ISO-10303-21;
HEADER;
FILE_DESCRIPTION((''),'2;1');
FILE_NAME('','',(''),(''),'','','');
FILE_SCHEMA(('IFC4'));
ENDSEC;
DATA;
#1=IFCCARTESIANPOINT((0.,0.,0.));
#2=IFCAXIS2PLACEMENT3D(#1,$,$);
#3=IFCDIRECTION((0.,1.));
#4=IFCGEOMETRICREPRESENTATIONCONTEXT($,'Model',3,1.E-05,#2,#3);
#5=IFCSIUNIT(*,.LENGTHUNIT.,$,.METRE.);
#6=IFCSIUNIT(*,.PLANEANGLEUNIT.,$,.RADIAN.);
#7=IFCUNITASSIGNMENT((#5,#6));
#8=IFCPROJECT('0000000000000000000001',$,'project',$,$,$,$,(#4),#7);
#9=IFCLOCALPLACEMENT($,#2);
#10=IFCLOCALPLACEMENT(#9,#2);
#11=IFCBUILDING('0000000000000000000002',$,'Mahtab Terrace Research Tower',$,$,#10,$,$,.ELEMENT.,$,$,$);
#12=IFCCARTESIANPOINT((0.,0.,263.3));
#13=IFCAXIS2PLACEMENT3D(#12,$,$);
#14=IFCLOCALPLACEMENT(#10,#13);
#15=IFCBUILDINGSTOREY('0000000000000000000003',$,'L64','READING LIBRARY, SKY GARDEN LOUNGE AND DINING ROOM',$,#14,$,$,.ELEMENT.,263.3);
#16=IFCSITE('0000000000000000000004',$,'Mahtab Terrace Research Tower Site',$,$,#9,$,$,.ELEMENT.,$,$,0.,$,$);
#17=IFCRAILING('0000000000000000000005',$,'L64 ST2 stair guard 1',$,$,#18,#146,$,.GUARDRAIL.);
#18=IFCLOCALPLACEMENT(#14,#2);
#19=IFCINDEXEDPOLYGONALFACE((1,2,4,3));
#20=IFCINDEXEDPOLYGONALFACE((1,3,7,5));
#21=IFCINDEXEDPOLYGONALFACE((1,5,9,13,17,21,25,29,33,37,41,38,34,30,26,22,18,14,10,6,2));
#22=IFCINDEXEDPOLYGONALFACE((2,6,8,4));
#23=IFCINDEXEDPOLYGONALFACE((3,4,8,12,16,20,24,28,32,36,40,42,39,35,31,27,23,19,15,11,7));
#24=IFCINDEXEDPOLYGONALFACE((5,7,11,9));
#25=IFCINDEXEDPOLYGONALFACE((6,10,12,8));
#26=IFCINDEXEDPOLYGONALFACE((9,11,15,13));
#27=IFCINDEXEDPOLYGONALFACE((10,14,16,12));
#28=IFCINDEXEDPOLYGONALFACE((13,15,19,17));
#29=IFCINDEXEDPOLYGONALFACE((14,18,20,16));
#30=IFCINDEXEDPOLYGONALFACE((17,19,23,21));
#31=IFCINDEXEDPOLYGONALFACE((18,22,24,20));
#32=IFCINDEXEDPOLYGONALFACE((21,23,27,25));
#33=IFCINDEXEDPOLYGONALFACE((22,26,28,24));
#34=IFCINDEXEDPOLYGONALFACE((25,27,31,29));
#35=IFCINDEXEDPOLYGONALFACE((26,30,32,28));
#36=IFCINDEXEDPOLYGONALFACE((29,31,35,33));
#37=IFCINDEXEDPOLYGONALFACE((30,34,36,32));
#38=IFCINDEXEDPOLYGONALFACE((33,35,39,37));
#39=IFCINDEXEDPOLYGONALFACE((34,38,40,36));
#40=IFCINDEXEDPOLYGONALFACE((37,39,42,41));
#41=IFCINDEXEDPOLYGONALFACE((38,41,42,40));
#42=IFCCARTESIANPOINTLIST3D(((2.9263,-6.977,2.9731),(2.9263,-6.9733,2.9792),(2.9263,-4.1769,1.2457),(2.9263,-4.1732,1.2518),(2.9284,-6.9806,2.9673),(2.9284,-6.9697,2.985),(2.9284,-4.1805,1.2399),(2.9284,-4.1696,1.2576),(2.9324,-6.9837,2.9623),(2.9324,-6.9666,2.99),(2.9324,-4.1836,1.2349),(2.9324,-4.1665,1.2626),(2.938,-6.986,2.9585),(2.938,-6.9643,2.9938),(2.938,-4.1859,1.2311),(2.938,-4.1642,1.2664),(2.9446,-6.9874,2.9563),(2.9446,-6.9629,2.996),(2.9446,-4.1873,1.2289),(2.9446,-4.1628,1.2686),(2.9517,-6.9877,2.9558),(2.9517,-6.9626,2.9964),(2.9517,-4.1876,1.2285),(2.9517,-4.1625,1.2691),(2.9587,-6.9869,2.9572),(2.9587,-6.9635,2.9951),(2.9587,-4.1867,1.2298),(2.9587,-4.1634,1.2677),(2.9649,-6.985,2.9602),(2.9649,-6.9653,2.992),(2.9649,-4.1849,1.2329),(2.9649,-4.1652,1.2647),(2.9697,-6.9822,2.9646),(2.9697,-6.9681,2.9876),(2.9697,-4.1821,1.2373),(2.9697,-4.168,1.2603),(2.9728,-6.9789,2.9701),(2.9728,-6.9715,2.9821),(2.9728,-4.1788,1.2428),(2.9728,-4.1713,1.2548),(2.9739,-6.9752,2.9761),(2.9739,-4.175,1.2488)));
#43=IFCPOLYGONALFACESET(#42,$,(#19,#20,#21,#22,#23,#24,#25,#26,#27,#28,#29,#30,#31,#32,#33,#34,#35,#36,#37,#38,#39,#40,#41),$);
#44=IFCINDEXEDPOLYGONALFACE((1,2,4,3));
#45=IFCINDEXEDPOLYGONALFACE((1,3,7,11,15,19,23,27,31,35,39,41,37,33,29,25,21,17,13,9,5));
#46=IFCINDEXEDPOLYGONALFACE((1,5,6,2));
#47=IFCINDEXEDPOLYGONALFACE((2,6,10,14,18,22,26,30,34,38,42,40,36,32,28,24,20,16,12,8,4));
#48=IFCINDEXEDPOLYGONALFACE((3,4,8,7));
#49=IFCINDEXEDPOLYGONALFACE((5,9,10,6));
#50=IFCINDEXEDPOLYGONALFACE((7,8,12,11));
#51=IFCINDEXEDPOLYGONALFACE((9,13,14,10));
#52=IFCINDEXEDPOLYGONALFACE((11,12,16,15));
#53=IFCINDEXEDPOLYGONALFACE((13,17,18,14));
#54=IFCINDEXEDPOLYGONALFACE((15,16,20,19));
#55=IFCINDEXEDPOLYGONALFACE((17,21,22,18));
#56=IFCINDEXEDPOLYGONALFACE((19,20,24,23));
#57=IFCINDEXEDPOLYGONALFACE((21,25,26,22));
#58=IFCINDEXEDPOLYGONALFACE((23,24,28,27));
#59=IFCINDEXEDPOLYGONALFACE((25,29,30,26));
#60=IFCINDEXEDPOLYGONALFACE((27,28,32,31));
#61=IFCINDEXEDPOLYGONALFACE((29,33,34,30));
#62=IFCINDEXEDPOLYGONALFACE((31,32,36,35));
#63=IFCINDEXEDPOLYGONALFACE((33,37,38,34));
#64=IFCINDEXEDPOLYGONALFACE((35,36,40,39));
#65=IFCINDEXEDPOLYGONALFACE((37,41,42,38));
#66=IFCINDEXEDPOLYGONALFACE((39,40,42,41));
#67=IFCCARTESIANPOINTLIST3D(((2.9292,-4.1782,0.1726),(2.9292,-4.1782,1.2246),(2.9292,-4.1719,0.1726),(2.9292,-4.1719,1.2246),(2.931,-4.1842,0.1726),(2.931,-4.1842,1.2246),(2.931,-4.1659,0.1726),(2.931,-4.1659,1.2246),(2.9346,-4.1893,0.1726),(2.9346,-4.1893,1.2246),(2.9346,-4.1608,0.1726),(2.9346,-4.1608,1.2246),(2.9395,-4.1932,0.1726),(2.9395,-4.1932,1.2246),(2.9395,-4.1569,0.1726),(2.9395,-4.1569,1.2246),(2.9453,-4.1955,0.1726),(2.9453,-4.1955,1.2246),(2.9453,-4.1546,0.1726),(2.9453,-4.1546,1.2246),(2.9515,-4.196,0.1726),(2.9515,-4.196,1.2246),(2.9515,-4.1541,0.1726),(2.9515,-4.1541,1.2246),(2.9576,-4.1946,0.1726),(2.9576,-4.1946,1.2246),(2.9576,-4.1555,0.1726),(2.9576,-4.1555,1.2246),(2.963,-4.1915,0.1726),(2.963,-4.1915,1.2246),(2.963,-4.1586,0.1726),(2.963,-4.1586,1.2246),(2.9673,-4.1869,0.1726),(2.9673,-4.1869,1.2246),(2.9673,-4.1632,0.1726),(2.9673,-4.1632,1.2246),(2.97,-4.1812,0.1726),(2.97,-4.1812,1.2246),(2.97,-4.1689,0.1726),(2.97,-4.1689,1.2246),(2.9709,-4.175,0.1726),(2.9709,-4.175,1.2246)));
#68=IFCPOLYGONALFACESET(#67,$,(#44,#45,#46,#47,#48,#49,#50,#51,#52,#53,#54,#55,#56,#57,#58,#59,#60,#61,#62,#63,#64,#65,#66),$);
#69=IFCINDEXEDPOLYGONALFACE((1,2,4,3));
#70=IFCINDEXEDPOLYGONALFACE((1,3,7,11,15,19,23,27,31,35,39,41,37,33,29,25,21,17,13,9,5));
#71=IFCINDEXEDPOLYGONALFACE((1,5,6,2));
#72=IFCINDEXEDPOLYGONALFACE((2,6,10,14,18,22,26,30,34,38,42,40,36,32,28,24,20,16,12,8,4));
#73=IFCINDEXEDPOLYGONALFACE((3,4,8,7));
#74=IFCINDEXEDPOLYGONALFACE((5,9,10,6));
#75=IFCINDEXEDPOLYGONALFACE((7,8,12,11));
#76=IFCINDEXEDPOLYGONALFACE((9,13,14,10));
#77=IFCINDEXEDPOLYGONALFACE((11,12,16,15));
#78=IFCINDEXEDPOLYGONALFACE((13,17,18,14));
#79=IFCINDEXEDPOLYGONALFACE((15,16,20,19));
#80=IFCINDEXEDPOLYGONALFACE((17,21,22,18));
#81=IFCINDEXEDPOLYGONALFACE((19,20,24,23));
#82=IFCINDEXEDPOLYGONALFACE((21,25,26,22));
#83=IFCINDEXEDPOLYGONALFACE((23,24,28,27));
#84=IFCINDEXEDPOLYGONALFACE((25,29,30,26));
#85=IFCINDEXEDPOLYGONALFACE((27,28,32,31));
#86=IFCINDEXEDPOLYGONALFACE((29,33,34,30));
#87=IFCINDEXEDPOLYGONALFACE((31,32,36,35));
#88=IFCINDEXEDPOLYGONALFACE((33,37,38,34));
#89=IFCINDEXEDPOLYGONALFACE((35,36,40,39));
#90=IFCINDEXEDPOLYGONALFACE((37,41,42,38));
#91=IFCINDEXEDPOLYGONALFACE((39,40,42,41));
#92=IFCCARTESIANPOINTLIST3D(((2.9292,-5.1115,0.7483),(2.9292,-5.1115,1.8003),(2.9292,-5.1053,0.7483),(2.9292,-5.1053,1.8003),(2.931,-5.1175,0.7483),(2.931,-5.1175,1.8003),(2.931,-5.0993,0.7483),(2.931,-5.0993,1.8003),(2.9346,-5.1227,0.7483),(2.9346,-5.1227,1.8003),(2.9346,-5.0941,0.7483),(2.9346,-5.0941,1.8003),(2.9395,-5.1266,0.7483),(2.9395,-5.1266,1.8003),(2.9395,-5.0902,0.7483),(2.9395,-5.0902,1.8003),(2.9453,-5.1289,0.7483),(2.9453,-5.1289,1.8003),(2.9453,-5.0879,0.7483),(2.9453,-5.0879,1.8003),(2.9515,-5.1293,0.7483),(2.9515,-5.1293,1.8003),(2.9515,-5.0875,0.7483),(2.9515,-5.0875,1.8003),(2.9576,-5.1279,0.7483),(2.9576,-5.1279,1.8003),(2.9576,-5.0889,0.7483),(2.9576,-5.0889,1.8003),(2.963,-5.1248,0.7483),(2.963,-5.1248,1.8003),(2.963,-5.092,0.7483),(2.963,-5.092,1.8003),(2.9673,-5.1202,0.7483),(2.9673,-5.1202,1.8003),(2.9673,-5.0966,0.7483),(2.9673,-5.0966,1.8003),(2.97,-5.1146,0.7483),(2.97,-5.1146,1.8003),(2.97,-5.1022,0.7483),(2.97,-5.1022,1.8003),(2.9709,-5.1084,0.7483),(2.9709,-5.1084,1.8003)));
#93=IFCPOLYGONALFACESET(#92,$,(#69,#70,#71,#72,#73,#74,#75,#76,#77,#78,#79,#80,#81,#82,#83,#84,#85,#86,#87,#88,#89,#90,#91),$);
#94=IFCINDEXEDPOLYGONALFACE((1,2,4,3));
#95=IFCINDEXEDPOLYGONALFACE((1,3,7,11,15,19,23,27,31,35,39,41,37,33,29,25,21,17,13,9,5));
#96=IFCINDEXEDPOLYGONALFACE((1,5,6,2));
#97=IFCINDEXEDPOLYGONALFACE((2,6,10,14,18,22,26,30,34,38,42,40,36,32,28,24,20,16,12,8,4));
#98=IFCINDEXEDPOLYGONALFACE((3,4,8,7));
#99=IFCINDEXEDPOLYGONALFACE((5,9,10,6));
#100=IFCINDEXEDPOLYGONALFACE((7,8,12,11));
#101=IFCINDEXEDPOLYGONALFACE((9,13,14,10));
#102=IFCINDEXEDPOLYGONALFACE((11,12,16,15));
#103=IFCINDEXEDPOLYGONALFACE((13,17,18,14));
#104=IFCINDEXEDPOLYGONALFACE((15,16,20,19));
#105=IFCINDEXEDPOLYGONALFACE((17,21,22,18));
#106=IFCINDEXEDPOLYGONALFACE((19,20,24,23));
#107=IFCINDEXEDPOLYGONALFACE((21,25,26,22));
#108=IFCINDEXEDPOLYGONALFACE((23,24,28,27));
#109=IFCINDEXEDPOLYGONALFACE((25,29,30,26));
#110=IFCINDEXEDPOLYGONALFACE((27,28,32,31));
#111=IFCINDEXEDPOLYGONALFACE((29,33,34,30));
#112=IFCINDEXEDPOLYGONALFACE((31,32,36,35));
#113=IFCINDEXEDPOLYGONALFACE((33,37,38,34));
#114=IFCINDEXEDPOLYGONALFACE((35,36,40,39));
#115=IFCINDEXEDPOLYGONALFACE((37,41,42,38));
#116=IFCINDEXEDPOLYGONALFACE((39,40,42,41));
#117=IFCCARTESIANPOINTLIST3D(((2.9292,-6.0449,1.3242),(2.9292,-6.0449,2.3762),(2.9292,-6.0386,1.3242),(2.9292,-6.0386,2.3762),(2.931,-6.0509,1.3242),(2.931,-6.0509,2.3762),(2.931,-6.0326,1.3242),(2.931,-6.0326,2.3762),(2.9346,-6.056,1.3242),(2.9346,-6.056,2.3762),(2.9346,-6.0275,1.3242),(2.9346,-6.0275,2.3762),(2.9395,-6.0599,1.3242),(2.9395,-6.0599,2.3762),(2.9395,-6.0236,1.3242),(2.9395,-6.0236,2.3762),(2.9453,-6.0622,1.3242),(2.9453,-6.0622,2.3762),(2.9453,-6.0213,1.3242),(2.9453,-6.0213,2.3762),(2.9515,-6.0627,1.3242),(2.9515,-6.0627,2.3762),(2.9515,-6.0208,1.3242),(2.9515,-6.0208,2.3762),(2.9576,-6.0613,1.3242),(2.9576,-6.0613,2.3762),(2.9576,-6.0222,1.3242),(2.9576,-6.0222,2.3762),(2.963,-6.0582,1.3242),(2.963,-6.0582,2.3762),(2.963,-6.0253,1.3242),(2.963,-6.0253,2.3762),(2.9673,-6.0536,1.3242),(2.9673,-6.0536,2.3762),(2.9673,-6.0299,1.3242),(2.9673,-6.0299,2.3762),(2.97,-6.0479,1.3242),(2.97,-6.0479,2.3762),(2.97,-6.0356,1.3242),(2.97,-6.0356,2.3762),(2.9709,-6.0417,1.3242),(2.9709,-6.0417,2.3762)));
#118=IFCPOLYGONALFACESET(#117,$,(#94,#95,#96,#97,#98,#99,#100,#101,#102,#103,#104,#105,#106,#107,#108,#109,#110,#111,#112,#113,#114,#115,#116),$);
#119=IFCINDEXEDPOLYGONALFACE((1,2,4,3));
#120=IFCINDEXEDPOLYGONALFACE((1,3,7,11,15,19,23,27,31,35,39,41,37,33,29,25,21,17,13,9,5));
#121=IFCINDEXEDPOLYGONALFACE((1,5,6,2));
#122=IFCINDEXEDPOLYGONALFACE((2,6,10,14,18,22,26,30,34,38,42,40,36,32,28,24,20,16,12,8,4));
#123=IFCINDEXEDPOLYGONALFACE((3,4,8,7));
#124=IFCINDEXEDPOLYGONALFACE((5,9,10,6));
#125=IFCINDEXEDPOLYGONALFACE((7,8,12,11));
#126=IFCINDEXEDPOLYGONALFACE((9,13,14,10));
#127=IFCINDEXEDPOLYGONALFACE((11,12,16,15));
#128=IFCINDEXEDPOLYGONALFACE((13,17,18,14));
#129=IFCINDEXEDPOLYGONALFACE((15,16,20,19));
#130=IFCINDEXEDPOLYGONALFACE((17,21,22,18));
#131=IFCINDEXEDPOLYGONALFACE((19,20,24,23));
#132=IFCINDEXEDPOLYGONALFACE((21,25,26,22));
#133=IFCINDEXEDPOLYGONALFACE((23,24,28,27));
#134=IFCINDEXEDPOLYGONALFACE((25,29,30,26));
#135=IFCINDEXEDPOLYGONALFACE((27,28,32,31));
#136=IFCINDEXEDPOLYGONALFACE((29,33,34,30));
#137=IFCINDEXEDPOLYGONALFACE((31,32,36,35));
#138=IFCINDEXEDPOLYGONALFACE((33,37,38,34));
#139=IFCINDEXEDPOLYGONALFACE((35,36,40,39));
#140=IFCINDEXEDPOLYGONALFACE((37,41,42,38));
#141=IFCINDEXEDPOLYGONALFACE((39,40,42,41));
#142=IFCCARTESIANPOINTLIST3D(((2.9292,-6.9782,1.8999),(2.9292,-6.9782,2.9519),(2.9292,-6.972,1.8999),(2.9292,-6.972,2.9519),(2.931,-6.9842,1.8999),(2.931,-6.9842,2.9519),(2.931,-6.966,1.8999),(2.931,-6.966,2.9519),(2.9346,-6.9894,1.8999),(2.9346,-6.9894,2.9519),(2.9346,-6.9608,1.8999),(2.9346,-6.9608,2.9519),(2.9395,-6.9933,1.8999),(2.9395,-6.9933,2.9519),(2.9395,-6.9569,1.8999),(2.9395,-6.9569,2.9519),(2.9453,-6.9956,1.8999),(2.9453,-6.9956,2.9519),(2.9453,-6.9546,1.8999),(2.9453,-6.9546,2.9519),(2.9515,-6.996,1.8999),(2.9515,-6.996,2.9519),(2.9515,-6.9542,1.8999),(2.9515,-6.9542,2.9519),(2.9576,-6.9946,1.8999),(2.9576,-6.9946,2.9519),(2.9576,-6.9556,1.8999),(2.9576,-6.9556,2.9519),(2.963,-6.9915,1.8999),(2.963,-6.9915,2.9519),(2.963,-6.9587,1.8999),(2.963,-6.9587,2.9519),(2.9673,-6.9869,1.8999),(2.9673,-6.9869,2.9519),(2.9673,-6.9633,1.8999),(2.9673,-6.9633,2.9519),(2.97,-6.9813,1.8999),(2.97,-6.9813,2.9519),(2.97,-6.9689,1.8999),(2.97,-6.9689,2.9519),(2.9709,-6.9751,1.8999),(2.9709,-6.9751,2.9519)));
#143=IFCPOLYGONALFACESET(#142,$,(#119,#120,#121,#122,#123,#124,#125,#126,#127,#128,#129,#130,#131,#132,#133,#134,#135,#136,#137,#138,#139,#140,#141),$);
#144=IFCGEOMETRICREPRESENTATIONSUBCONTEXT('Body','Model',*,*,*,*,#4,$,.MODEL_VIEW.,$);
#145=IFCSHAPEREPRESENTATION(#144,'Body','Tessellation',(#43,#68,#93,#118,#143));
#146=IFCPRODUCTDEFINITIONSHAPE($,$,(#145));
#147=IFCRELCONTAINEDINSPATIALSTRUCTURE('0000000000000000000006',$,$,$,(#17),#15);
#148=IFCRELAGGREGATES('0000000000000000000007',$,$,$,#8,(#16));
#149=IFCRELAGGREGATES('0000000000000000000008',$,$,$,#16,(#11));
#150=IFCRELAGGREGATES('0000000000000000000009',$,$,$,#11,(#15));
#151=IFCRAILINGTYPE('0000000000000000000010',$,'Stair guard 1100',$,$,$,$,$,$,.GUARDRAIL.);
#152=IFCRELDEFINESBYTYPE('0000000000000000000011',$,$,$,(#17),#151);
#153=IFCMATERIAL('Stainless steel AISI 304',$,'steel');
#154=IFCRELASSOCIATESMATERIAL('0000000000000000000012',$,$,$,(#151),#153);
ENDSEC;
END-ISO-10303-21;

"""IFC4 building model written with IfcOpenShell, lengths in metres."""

from ifc_helpers import new_model, si_unit, direction, frame, origin, origin_2d, place, context, subcontext, project, spatial, circle, extrude, material, type_object, element, save


model = new_model("IFC4")

# Units and contexts
model_context = context("Model", 3, precision=1e-05, world=origin(), true_north=direction((0.0, 1.0)))
body_context = subcontext(model_context, "Body", "Model", "MODEL_VIEW")
ifc_project = project(units=[si_unit("LENGTHUNIT", "METRE"), si_unit("PLANEANGLEUNIT", "RADIAN")], contexts=[model_context])

# Site, building, storey
site_placement = place(None, origin())
site = spatial("IfcSite", under=ifc_project, at=site_placement, Name="Mahtab Terrace Research Tower Site", CompositionType="ELEMENT", RefElevation=0.0)
building_placement = place(site_placement, origin())
building = spatial("IfcBuilding", under=site, at=building_placement, Name="Mahtab Terrace Research Tower", CompositionType="ELEMENT")
storey_placement = place(building_placement, frame((0.0, 0.0, 263.3)))
storey = spatial("IfcBuildingStorey", under=building, at=storey_placement, Name="L64", Description="READING LIBRARY, SKY GARDEN LOUNGE AND DINING ROOM", CompositionType="ELEMENT", Elevation=263.3)

# Railing
ifc_material_1 = material(Name="Stainless steel AISI 304", Category="steel")
railing_type_1 = type_object("IfcRailingType", Name="Stair guard 1100", PredefinedType="GUARDRAIL", material=ifc_material_1)
railing_1_placement = place(storey_placement, frame((2.95, -4.175, 0.1726)))
element("IfcRailing", 1, at=railing_1_placement, inside=storey, type_object=railing_type_1, Name="L64 ST2 stair guard 1", PredefinedType="GUARDRAIL", context=body_context, shape_type="SweptSolid", body=[
    extrude(circle(Radius=0.0239, at=origin_2d()), frame((0.0, 0.0, 1.0762), z_axis=(0.0, -0.85109, 0.52502), x_axis=(1.0, 0.0, 0.0)), (0.0, 0.0, 1.0), 3.29),
    extrude(circle(Radius=0.021, at=origin_2d()), origin(), (0.0, 0.0, 1.0), 1.052),
    extrude(circle(Radius=0.021, at=origin_2d()), frame((0.0, -0.9333, 0.5757)), (0.0, 0.0, 1.0), 1.052),
    extrude(circle(Radius=0.021, at=origin_2d()), frame((0.0, -1.8667, 1.1516)), (0.0, 0.0, 1.0), 1.052),
    extrude(circle(Radius=0.021, at=origin_2d()), frame((0.0, -2.8, 1.7273)), (0.0, 0.0, 1.0), 1.052),
])

save(model, "model.ifc")
